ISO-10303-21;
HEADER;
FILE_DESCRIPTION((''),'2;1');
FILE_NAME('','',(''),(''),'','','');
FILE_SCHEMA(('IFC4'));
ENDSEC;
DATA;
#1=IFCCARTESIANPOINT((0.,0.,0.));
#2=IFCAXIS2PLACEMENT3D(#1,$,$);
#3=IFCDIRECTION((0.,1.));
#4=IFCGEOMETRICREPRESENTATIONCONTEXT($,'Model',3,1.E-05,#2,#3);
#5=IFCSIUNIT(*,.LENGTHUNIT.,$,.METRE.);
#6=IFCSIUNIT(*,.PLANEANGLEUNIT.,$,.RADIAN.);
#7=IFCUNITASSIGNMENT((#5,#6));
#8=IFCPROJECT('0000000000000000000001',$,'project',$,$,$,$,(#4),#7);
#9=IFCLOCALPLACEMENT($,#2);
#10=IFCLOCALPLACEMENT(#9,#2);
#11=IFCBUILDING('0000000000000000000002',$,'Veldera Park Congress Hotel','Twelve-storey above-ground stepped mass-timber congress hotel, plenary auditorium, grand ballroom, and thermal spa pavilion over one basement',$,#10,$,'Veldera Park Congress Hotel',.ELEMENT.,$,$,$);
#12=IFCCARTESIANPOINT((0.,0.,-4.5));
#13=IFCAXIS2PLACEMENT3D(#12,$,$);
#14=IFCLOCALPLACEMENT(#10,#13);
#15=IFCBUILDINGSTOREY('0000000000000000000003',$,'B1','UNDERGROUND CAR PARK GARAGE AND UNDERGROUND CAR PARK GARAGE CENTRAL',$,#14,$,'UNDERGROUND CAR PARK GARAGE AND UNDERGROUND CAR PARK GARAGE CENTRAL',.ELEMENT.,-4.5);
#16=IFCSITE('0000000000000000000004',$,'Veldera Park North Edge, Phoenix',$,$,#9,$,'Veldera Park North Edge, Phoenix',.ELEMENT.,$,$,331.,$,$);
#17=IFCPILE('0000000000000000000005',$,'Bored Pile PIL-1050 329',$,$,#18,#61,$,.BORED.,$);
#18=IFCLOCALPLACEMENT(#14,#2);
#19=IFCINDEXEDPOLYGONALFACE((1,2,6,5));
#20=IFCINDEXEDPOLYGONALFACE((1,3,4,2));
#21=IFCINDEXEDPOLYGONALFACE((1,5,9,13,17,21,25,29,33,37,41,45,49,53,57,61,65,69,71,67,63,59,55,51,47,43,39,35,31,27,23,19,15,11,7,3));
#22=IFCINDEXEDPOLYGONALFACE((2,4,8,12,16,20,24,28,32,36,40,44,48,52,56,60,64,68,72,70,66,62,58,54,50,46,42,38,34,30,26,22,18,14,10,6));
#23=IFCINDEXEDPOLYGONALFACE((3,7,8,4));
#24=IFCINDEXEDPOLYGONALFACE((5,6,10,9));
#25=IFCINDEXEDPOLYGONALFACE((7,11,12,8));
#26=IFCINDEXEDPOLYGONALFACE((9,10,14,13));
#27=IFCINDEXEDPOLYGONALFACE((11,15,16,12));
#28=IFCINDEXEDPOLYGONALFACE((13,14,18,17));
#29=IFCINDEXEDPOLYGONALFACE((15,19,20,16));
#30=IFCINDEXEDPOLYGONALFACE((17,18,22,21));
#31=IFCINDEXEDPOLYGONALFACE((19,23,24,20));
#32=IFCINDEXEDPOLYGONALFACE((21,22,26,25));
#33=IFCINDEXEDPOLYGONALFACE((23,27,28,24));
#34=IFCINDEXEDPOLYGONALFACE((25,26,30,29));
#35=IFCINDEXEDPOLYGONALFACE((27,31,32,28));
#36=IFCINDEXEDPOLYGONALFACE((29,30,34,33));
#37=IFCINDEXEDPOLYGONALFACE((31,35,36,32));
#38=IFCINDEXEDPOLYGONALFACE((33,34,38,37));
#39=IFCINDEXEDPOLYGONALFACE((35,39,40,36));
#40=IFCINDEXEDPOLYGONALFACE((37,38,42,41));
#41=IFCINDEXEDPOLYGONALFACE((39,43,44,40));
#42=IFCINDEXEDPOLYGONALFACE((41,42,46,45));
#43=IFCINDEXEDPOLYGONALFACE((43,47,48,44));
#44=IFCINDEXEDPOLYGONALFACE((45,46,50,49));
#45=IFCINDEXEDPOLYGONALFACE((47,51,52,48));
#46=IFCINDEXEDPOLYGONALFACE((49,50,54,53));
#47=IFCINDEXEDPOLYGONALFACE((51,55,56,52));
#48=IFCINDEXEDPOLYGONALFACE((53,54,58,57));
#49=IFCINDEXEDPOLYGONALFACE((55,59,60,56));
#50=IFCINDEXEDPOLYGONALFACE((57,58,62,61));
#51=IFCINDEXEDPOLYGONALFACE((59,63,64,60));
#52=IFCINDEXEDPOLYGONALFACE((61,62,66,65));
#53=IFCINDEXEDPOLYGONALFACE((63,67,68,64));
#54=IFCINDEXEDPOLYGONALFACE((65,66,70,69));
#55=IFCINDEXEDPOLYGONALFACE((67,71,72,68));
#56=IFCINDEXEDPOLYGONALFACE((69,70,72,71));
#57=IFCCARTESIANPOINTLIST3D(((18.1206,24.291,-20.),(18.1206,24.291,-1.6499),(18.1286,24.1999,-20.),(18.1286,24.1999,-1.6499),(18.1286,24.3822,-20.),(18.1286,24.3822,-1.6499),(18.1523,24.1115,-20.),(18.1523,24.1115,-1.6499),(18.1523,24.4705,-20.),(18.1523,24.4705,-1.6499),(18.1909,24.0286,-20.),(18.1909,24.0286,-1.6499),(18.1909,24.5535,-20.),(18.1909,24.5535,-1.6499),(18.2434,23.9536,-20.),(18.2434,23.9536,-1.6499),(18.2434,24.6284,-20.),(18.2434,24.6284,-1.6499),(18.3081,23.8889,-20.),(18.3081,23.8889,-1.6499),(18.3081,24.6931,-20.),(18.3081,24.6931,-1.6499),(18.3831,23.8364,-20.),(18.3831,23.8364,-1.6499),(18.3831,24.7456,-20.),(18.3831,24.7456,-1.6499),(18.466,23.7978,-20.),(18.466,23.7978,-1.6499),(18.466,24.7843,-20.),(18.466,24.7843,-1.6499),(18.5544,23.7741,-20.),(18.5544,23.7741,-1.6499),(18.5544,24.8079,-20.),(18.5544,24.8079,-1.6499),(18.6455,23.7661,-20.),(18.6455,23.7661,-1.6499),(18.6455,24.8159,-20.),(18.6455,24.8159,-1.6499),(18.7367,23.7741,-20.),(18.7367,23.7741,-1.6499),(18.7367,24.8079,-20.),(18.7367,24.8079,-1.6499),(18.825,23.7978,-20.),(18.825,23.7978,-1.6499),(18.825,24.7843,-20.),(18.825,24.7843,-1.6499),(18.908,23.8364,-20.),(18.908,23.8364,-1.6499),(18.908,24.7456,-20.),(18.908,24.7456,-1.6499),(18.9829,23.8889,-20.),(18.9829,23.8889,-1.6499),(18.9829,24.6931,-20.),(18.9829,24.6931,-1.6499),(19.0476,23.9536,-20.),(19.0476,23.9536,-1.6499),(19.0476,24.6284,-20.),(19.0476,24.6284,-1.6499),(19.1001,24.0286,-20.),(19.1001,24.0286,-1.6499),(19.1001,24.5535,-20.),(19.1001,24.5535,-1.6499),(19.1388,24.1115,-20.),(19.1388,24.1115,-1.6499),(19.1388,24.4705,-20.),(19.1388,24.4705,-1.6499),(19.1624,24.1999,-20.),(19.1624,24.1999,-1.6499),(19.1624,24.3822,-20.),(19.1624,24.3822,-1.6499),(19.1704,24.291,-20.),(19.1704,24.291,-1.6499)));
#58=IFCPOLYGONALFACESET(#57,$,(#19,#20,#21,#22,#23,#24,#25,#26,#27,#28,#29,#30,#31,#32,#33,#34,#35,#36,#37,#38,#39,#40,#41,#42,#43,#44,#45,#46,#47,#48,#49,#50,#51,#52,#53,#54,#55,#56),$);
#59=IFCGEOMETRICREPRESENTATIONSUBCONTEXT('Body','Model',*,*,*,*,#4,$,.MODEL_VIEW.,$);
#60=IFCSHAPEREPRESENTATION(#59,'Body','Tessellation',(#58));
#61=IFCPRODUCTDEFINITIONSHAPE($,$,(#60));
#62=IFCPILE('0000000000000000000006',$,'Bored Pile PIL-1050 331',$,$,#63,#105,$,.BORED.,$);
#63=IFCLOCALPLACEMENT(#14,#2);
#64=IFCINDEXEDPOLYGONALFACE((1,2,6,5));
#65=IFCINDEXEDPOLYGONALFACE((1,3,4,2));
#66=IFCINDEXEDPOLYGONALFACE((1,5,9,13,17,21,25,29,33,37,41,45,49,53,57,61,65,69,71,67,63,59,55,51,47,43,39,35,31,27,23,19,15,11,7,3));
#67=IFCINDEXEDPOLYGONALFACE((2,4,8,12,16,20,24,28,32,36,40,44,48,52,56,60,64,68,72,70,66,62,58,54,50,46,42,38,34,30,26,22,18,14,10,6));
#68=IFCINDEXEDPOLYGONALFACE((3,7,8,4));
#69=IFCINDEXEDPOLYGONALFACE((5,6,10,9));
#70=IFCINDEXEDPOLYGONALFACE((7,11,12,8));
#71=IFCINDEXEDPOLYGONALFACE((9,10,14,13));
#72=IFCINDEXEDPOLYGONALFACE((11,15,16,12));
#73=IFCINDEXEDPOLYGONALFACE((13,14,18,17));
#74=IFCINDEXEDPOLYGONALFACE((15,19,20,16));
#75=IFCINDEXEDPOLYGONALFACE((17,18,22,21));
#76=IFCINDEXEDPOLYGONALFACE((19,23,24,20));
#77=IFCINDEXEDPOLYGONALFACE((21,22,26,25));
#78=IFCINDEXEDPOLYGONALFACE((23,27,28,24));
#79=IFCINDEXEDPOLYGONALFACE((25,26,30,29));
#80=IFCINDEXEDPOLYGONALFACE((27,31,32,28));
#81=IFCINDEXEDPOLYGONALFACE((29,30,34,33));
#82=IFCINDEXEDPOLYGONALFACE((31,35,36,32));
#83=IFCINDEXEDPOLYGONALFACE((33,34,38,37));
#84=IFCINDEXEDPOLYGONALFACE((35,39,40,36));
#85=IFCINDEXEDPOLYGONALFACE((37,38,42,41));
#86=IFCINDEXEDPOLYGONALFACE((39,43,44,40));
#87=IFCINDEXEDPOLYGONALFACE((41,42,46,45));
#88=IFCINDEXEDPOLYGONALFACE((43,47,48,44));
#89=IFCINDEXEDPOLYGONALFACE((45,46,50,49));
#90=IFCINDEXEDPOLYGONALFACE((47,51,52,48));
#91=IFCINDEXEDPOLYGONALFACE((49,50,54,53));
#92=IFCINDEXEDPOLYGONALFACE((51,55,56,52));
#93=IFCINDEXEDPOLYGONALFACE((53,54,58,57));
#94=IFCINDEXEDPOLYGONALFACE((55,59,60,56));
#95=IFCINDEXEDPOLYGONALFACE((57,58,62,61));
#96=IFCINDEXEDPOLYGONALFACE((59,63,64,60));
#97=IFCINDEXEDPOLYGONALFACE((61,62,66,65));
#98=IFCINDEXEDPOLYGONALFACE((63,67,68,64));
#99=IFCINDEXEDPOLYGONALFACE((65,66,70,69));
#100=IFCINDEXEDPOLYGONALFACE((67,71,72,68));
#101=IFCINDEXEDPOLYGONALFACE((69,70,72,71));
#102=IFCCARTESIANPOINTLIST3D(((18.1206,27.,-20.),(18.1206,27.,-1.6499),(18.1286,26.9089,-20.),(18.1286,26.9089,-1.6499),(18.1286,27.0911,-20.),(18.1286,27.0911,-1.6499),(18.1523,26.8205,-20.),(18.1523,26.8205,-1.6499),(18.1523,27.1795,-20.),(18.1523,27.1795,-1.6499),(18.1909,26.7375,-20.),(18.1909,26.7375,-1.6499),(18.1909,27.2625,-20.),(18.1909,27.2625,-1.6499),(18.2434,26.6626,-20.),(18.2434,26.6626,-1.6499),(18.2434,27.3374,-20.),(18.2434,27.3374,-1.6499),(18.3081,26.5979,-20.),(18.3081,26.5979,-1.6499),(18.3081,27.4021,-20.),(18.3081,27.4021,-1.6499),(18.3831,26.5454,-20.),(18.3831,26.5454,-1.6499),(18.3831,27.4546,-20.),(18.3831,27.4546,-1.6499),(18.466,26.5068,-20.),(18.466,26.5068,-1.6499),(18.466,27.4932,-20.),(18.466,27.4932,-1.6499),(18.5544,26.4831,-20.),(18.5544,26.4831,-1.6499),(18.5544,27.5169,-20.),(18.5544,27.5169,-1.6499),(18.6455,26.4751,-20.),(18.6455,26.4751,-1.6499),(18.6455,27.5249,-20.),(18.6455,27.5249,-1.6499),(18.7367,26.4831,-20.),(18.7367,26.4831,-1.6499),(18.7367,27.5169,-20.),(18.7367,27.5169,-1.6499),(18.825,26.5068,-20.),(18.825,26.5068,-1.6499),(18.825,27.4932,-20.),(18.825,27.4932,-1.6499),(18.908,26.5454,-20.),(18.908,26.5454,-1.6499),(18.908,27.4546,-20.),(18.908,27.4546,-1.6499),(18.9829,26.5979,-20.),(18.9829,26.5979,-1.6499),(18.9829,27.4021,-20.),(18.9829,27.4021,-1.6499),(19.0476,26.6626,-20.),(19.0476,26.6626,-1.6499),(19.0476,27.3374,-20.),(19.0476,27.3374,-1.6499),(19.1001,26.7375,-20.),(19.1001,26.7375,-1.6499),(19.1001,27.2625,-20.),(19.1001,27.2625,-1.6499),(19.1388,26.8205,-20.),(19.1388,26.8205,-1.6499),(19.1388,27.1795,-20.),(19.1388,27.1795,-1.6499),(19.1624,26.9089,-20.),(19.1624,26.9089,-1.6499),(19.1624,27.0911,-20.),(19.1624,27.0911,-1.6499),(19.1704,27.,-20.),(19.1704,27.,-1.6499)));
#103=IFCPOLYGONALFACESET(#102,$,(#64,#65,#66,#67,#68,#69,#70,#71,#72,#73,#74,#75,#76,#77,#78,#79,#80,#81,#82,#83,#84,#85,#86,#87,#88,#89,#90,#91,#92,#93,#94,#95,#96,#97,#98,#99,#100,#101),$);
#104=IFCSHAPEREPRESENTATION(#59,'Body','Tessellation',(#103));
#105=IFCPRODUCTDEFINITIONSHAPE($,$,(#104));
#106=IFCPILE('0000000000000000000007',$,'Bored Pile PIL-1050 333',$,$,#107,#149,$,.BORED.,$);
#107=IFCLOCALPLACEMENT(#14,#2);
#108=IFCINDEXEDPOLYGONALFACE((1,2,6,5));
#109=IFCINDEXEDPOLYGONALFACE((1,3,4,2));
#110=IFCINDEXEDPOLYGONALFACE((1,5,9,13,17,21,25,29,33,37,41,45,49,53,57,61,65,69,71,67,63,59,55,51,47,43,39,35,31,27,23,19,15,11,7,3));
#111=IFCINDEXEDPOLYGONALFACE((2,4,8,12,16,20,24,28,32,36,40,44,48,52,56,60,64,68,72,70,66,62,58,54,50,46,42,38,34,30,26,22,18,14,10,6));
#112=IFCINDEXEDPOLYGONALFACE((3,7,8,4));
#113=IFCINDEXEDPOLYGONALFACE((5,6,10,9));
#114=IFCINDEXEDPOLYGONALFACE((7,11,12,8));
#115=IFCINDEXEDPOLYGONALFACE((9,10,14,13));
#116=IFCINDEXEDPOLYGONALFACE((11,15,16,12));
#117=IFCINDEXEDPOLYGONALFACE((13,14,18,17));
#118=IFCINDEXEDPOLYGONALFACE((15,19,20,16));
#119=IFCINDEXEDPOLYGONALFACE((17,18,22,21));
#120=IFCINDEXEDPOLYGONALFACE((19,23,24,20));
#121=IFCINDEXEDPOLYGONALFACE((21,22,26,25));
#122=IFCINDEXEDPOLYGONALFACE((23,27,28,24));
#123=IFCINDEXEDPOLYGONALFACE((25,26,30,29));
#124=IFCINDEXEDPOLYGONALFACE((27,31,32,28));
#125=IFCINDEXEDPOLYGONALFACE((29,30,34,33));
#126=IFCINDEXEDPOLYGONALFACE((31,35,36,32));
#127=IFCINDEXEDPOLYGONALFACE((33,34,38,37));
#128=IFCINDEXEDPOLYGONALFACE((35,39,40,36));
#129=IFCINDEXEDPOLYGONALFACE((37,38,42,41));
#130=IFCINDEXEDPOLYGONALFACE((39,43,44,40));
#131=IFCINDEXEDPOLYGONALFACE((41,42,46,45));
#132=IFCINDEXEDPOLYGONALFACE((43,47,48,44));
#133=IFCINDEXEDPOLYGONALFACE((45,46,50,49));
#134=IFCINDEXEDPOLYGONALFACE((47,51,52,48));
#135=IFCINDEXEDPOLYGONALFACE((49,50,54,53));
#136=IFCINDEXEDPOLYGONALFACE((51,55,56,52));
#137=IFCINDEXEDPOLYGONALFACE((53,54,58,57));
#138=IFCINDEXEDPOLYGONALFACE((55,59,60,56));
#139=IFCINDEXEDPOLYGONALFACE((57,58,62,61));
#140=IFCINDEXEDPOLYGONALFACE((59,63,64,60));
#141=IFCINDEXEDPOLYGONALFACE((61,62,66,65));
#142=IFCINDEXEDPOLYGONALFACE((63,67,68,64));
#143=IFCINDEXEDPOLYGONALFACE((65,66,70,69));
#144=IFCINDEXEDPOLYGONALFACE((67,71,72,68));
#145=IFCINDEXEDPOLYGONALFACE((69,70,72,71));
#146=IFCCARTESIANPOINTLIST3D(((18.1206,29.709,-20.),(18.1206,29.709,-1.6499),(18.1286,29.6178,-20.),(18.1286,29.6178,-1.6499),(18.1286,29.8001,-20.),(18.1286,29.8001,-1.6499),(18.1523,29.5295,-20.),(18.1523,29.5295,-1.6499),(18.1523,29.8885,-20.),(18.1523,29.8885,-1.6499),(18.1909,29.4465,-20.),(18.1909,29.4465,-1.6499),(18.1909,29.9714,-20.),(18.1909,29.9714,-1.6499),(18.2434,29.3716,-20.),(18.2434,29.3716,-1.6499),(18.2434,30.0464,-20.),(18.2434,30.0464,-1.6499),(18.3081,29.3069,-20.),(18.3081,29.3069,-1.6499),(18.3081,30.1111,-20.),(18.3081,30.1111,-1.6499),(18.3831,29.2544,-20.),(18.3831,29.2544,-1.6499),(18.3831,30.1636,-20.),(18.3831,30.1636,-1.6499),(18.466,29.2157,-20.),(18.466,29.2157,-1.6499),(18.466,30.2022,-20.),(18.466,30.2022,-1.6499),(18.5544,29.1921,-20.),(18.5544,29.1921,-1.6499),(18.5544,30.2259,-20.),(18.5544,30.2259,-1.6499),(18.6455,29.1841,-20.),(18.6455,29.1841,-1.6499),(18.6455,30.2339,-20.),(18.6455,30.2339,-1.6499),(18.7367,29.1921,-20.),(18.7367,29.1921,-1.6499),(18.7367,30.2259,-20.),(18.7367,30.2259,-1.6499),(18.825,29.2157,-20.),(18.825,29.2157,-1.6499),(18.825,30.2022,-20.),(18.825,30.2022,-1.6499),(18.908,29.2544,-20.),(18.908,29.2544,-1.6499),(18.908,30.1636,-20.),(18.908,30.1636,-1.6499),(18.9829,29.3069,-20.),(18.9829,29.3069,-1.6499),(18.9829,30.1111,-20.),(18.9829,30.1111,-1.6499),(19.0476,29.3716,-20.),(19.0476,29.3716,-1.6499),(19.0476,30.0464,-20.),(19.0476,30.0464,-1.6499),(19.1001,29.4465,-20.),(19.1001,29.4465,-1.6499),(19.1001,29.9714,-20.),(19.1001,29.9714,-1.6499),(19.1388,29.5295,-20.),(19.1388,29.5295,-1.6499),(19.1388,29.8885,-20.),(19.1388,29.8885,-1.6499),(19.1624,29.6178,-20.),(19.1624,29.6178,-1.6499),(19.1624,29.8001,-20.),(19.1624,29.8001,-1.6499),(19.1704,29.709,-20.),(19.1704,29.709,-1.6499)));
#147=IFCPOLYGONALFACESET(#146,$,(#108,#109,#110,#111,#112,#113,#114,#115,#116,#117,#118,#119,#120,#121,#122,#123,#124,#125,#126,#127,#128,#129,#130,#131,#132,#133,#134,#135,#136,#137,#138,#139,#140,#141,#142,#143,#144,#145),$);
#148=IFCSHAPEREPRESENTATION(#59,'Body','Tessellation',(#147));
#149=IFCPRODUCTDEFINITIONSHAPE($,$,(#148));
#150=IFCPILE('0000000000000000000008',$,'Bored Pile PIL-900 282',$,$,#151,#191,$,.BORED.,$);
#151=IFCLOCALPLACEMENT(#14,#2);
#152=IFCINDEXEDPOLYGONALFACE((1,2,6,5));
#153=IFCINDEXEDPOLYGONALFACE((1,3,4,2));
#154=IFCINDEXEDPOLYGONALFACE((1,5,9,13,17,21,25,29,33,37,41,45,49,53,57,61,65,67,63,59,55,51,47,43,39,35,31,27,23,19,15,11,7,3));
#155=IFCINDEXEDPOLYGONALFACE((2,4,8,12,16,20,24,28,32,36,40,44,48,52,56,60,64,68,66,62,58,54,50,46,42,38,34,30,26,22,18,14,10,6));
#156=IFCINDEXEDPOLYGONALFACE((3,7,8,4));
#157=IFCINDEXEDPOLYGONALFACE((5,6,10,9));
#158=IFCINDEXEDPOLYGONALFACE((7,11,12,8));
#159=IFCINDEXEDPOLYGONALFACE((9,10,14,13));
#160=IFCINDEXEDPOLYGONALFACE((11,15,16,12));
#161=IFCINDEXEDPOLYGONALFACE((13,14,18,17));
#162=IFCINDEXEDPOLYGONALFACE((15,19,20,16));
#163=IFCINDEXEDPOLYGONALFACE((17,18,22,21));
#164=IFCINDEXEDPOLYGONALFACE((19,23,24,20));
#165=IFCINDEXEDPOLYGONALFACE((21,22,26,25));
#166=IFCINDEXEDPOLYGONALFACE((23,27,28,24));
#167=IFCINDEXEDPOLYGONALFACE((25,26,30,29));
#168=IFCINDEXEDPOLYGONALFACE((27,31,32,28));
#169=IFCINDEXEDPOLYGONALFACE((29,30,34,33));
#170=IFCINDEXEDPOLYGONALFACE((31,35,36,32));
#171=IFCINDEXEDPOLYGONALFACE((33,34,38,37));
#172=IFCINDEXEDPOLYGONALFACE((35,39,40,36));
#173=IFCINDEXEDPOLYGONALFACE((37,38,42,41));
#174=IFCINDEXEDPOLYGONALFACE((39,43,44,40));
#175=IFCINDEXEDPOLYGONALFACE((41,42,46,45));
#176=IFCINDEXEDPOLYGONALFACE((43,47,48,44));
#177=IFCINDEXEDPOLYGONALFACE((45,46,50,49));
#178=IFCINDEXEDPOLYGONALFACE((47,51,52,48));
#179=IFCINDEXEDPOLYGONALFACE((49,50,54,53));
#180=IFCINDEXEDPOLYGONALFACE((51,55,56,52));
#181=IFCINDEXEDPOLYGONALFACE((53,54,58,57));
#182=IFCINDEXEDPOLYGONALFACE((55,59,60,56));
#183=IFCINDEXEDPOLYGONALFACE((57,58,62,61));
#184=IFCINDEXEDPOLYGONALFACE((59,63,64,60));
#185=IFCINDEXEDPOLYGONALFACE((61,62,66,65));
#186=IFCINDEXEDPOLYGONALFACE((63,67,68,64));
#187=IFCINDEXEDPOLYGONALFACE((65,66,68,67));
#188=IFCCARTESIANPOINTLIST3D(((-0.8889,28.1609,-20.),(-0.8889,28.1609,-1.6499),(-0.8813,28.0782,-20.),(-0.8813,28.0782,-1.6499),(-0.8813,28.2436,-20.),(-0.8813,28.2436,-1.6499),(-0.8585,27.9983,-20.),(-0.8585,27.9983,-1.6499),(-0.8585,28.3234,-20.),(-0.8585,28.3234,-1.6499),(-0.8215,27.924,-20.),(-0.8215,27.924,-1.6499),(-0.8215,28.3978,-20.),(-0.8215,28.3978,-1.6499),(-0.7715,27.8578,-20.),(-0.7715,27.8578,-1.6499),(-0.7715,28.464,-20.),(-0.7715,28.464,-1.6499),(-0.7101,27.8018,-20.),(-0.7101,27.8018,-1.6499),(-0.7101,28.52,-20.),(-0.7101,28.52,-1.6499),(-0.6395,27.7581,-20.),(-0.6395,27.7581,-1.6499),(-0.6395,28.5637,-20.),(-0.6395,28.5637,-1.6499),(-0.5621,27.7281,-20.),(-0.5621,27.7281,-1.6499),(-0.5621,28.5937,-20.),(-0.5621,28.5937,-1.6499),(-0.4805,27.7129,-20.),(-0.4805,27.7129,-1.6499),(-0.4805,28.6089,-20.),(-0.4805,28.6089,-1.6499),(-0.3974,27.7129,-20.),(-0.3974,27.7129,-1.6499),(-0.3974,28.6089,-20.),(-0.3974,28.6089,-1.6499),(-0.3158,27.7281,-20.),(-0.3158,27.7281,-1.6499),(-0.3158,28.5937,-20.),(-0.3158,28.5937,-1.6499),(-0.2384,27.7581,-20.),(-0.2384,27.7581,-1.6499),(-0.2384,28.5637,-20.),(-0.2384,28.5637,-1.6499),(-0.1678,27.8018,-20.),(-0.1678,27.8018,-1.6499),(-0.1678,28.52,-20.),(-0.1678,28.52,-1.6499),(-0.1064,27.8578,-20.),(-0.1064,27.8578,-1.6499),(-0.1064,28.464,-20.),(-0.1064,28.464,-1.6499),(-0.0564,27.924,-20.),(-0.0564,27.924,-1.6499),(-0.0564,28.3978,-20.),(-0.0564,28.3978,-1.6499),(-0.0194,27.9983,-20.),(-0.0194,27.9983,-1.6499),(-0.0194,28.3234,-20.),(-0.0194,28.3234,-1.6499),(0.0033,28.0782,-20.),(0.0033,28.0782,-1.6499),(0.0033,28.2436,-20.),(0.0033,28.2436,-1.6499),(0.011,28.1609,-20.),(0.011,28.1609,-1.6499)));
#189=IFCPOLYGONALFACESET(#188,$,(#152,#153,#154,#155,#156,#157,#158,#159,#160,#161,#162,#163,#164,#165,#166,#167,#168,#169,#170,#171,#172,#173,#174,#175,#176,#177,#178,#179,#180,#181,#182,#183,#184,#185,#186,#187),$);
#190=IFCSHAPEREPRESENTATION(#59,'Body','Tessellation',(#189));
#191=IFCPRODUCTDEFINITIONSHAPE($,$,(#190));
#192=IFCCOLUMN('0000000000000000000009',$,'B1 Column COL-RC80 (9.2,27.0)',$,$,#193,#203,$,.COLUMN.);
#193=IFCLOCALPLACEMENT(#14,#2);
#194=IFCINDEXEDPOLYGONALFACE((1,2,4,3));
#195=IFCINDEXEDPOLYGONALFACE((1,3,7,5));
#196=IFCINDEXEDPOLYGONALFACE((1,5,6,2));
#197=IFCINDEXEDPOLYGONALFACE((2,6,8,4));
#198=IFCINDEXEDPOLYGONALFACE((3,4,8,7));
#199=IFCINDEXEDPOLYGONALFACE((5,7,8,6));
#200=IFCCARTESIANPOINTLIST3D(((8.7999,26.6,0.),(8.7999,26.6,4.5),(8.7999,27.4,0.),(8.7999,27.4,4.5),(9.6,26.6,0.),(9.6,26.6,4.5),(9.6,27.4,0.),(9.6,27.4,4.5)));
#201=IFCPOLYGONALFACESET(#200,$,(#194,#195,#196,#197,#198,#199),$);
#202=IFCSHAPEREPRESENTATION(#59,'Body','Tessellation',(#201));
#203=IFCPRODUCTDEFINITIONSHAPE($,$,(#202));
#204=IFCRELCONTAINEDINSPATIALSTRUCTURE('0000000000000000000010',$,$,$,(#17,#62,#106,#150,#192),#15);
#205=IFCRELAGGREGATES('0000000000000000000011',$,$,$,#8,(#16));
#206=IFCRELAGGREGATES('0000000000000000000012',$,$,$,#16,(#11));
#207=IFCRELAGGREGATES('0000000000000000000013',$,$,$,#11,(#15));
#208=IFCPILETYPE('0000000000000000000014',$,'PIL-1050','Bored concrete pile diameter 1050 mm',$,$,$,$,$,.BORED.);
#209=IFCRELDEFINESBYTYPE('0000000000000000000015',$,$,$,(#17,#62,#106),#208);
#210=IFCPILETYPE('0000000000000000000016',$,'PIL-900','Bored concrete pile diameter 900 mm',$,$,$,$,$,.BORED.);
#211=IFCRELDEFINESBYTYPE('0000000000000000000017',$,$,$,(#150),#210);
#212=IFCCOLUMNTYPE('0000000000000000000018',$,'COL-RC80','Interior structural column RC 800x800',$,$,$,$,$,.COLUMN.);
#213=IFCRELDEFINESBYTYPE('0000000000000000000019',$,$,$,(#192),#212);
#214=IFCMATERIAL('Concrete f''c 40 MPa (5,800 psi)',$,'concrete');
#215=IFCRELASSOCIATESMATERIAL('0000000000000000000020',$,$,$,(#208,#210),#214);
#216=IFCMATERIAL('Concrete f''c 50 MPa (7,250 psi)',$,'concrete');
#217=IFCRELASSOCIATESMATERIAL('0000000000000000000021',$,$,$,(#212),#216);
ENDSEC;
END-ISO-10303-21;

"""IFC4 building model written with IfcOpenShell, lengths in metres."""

from ifc_helpers import new_model, si_unit, direction, frame, origin, origin_2d, place, context, subcontext, project, spatial, rectangle, circle, extrude, material, material_profile, profile_set, type_object, element, save


model = new_model("IFC4")

# Units and contexts
model_context = context("Model", 3, precision=1e-05, world=origin(), true_north=direction((0.0, 1.0)))
body_context = subcontext(model_context, "Body", "Model", "MODEL_VIEW")
ifc_project = project(units=[si_unit("LENGTHUNIT", "METRE"), si_unit("PLANEANGLEUNIT", "RADIAN")], contexts=[model_context])

# Site, building, storey
site_placement = place(None, origin())
site = spatial("IfcSite", under=ifc_project, at=site_placement, Name="Veldera Park North Edge, Phoenix", LongName="Veldera Park North Edge, Phoenix", CompositionType="ELEMENT", RefElevation=331.0)
building_placement = place(site_placement, origin())
building = spatial("IfcBuilding", under=site, at=building_placement, Name="Veldera Park Congress Hotel", Description="Twelve-storey above-ground stepped mass-timber congress hotel, plenary auditorium, grand ballroom, and thermal spa pavilion over one basement", LongName="Veldera Park Congress Hotel", CompositionType="ELEMENT")
storey_placement = place(building_placement, frame((0.0, 0.0, -4.5)))
storey = spatial("IfcBuildingStorey", under=building, at=storey_placement, Name="B1", Description="UNDERGROUND CAR PARK GARAGE AND UNDERGROUND CAR PARK GARAGE CENTRAL", LongName="UNDERGROUND CAR PARK GARAGE AND UNDERGROUND CAR PARK GARAGE CENTRAL", CompositionType="ELEMENT", Elevation=-4.5)

# Shared definitions
ifc_material_1 = material(Name="Concrete f'c 40 MPa (5,800 psi)", Category="concrete")

# Piles
ifc_material_profile_1 = material_profile(ifc_material_1, circle(Radius=0.5249, at=origin_2d()), Name="PILE D1050")
ifc_profile_set_1 = profile_set([ifc_material_profile_1], Name="Concrete f'c 40 MPa (5,800 psi)")
pile_type_1 = type_object("IfcPileType", Name="PIL-1050", Description="Bored concrete pile diameter 1050 mm", PredefinedType="BORED", material=ifc_profile_set_1)
for number, where, z_axis, x_axis, name in (
    (1, (18.6455, 24.291, -1.6499), (0.0, 0.0, -1.0), (1.0, 0.0, 0.0), "Bored Pile PIL-1050 329"),
    (2, (18.6455, 27.0, -1.6499), (0.0, 0.0, -1.0), (1.0, 0.0, 0.0), "Bored Pile PIL-1050 331"),
    (3, (18.6455, 29.709, -1.6499), (0.0, 0.0, -1.0), (1.0, 0.0, 0.0), "Bored Pile PIL-1050 333"),
):
    element("IfcPile", number, at=place(storey_placement, frame(where, z_axis=z_axis, x_axis=x_axis)), inside=storey, type_object=pile_type_1, Name=name, PredefinedType="BORED", context=body_context, shape_type="SweptSolid", body=[
        extrude(circle(Radius=0.5249, at=origin_2d()), origin(), (0.0, 0.0, 1.0), 18.3501),
    ])
ifc_material_profile_2 = material_profile(ifc_material_1, circle(Radius=0.45, at=origin_2d()), Name="PILE D900")
ifc_profile_set_2 = profile_set([ifc_material_profile_2], Name="Concrete f'c 40 MPa (5,800 psi)")
pile_type_2 = type_object("IfcPileType", Name="PIL-900", Description="Bored concrete pile diameter 900 mm", PredefinedType="BORED", material=ifc_profile_set_2)
pile_placement = place(storey_placement, frame((-0.439, 28.1609, -1.6499), z_axis=(0.0, 0.0, -1.0), x_axis=(1.0, 0.0, 0.0)))
element("IfcPile", 4, at=pile_placement, inside=storey, type_object=pile_type_2, Name="Bored Pile PIL-900 282", PredefinedType="BORED", context=body_context, shape_type="SweptSolid", body=[
    extrude(circle(Radius=0.45, at=origin_2d()), origin(), (0.0, 0.0, 1.0), 18.3501),
])

# Column
ifc_material_2 = material(Name="Concrete f'c 50 MPa (7,250 psi)", Category="concrete")
ifc_material_profile_3 = material_profile(ifc_material_2, rectangle(XDim=0.8, YDim=0.8, at=origin_2d()), Name="RC 800x800")
ifc_profile_set_3 = profile_set([ifc_material_profile_3], Name="Concrete f'c 50 MPa (7,250 psi)")
column_type = type_object("IfcColumnType", Name="COL-RC80", Description="Interior structural column RC 800x800", PredefinedType="COLUMN", material=ifc_profile_set_3)
for number, where, z_axis, x_axis, name in (
    (5, (9.2, 27.0, 0.0), (0.0, 0.0, 1.0), (1.0, 0.0, 0.0), "B1 Column COL-RC80 (9.2,27.0)"),
):
    element("IfcColumn", number, at=place(storey_placement, frame(where, z_axis=z_axis, x_axis=x_axis)), inside=storey, type_object=column_type, Name=name, PredefinedType="COLUMN", context=body_context, shape_type="SweptSolid", body=[
        extrude(rectangle(XDim=0.8, YDim=0.8, at=origin_2d()), origin(), (0.0, 0.0, 1.0), 4.5),
    ])

save(model, "model.ifc")
